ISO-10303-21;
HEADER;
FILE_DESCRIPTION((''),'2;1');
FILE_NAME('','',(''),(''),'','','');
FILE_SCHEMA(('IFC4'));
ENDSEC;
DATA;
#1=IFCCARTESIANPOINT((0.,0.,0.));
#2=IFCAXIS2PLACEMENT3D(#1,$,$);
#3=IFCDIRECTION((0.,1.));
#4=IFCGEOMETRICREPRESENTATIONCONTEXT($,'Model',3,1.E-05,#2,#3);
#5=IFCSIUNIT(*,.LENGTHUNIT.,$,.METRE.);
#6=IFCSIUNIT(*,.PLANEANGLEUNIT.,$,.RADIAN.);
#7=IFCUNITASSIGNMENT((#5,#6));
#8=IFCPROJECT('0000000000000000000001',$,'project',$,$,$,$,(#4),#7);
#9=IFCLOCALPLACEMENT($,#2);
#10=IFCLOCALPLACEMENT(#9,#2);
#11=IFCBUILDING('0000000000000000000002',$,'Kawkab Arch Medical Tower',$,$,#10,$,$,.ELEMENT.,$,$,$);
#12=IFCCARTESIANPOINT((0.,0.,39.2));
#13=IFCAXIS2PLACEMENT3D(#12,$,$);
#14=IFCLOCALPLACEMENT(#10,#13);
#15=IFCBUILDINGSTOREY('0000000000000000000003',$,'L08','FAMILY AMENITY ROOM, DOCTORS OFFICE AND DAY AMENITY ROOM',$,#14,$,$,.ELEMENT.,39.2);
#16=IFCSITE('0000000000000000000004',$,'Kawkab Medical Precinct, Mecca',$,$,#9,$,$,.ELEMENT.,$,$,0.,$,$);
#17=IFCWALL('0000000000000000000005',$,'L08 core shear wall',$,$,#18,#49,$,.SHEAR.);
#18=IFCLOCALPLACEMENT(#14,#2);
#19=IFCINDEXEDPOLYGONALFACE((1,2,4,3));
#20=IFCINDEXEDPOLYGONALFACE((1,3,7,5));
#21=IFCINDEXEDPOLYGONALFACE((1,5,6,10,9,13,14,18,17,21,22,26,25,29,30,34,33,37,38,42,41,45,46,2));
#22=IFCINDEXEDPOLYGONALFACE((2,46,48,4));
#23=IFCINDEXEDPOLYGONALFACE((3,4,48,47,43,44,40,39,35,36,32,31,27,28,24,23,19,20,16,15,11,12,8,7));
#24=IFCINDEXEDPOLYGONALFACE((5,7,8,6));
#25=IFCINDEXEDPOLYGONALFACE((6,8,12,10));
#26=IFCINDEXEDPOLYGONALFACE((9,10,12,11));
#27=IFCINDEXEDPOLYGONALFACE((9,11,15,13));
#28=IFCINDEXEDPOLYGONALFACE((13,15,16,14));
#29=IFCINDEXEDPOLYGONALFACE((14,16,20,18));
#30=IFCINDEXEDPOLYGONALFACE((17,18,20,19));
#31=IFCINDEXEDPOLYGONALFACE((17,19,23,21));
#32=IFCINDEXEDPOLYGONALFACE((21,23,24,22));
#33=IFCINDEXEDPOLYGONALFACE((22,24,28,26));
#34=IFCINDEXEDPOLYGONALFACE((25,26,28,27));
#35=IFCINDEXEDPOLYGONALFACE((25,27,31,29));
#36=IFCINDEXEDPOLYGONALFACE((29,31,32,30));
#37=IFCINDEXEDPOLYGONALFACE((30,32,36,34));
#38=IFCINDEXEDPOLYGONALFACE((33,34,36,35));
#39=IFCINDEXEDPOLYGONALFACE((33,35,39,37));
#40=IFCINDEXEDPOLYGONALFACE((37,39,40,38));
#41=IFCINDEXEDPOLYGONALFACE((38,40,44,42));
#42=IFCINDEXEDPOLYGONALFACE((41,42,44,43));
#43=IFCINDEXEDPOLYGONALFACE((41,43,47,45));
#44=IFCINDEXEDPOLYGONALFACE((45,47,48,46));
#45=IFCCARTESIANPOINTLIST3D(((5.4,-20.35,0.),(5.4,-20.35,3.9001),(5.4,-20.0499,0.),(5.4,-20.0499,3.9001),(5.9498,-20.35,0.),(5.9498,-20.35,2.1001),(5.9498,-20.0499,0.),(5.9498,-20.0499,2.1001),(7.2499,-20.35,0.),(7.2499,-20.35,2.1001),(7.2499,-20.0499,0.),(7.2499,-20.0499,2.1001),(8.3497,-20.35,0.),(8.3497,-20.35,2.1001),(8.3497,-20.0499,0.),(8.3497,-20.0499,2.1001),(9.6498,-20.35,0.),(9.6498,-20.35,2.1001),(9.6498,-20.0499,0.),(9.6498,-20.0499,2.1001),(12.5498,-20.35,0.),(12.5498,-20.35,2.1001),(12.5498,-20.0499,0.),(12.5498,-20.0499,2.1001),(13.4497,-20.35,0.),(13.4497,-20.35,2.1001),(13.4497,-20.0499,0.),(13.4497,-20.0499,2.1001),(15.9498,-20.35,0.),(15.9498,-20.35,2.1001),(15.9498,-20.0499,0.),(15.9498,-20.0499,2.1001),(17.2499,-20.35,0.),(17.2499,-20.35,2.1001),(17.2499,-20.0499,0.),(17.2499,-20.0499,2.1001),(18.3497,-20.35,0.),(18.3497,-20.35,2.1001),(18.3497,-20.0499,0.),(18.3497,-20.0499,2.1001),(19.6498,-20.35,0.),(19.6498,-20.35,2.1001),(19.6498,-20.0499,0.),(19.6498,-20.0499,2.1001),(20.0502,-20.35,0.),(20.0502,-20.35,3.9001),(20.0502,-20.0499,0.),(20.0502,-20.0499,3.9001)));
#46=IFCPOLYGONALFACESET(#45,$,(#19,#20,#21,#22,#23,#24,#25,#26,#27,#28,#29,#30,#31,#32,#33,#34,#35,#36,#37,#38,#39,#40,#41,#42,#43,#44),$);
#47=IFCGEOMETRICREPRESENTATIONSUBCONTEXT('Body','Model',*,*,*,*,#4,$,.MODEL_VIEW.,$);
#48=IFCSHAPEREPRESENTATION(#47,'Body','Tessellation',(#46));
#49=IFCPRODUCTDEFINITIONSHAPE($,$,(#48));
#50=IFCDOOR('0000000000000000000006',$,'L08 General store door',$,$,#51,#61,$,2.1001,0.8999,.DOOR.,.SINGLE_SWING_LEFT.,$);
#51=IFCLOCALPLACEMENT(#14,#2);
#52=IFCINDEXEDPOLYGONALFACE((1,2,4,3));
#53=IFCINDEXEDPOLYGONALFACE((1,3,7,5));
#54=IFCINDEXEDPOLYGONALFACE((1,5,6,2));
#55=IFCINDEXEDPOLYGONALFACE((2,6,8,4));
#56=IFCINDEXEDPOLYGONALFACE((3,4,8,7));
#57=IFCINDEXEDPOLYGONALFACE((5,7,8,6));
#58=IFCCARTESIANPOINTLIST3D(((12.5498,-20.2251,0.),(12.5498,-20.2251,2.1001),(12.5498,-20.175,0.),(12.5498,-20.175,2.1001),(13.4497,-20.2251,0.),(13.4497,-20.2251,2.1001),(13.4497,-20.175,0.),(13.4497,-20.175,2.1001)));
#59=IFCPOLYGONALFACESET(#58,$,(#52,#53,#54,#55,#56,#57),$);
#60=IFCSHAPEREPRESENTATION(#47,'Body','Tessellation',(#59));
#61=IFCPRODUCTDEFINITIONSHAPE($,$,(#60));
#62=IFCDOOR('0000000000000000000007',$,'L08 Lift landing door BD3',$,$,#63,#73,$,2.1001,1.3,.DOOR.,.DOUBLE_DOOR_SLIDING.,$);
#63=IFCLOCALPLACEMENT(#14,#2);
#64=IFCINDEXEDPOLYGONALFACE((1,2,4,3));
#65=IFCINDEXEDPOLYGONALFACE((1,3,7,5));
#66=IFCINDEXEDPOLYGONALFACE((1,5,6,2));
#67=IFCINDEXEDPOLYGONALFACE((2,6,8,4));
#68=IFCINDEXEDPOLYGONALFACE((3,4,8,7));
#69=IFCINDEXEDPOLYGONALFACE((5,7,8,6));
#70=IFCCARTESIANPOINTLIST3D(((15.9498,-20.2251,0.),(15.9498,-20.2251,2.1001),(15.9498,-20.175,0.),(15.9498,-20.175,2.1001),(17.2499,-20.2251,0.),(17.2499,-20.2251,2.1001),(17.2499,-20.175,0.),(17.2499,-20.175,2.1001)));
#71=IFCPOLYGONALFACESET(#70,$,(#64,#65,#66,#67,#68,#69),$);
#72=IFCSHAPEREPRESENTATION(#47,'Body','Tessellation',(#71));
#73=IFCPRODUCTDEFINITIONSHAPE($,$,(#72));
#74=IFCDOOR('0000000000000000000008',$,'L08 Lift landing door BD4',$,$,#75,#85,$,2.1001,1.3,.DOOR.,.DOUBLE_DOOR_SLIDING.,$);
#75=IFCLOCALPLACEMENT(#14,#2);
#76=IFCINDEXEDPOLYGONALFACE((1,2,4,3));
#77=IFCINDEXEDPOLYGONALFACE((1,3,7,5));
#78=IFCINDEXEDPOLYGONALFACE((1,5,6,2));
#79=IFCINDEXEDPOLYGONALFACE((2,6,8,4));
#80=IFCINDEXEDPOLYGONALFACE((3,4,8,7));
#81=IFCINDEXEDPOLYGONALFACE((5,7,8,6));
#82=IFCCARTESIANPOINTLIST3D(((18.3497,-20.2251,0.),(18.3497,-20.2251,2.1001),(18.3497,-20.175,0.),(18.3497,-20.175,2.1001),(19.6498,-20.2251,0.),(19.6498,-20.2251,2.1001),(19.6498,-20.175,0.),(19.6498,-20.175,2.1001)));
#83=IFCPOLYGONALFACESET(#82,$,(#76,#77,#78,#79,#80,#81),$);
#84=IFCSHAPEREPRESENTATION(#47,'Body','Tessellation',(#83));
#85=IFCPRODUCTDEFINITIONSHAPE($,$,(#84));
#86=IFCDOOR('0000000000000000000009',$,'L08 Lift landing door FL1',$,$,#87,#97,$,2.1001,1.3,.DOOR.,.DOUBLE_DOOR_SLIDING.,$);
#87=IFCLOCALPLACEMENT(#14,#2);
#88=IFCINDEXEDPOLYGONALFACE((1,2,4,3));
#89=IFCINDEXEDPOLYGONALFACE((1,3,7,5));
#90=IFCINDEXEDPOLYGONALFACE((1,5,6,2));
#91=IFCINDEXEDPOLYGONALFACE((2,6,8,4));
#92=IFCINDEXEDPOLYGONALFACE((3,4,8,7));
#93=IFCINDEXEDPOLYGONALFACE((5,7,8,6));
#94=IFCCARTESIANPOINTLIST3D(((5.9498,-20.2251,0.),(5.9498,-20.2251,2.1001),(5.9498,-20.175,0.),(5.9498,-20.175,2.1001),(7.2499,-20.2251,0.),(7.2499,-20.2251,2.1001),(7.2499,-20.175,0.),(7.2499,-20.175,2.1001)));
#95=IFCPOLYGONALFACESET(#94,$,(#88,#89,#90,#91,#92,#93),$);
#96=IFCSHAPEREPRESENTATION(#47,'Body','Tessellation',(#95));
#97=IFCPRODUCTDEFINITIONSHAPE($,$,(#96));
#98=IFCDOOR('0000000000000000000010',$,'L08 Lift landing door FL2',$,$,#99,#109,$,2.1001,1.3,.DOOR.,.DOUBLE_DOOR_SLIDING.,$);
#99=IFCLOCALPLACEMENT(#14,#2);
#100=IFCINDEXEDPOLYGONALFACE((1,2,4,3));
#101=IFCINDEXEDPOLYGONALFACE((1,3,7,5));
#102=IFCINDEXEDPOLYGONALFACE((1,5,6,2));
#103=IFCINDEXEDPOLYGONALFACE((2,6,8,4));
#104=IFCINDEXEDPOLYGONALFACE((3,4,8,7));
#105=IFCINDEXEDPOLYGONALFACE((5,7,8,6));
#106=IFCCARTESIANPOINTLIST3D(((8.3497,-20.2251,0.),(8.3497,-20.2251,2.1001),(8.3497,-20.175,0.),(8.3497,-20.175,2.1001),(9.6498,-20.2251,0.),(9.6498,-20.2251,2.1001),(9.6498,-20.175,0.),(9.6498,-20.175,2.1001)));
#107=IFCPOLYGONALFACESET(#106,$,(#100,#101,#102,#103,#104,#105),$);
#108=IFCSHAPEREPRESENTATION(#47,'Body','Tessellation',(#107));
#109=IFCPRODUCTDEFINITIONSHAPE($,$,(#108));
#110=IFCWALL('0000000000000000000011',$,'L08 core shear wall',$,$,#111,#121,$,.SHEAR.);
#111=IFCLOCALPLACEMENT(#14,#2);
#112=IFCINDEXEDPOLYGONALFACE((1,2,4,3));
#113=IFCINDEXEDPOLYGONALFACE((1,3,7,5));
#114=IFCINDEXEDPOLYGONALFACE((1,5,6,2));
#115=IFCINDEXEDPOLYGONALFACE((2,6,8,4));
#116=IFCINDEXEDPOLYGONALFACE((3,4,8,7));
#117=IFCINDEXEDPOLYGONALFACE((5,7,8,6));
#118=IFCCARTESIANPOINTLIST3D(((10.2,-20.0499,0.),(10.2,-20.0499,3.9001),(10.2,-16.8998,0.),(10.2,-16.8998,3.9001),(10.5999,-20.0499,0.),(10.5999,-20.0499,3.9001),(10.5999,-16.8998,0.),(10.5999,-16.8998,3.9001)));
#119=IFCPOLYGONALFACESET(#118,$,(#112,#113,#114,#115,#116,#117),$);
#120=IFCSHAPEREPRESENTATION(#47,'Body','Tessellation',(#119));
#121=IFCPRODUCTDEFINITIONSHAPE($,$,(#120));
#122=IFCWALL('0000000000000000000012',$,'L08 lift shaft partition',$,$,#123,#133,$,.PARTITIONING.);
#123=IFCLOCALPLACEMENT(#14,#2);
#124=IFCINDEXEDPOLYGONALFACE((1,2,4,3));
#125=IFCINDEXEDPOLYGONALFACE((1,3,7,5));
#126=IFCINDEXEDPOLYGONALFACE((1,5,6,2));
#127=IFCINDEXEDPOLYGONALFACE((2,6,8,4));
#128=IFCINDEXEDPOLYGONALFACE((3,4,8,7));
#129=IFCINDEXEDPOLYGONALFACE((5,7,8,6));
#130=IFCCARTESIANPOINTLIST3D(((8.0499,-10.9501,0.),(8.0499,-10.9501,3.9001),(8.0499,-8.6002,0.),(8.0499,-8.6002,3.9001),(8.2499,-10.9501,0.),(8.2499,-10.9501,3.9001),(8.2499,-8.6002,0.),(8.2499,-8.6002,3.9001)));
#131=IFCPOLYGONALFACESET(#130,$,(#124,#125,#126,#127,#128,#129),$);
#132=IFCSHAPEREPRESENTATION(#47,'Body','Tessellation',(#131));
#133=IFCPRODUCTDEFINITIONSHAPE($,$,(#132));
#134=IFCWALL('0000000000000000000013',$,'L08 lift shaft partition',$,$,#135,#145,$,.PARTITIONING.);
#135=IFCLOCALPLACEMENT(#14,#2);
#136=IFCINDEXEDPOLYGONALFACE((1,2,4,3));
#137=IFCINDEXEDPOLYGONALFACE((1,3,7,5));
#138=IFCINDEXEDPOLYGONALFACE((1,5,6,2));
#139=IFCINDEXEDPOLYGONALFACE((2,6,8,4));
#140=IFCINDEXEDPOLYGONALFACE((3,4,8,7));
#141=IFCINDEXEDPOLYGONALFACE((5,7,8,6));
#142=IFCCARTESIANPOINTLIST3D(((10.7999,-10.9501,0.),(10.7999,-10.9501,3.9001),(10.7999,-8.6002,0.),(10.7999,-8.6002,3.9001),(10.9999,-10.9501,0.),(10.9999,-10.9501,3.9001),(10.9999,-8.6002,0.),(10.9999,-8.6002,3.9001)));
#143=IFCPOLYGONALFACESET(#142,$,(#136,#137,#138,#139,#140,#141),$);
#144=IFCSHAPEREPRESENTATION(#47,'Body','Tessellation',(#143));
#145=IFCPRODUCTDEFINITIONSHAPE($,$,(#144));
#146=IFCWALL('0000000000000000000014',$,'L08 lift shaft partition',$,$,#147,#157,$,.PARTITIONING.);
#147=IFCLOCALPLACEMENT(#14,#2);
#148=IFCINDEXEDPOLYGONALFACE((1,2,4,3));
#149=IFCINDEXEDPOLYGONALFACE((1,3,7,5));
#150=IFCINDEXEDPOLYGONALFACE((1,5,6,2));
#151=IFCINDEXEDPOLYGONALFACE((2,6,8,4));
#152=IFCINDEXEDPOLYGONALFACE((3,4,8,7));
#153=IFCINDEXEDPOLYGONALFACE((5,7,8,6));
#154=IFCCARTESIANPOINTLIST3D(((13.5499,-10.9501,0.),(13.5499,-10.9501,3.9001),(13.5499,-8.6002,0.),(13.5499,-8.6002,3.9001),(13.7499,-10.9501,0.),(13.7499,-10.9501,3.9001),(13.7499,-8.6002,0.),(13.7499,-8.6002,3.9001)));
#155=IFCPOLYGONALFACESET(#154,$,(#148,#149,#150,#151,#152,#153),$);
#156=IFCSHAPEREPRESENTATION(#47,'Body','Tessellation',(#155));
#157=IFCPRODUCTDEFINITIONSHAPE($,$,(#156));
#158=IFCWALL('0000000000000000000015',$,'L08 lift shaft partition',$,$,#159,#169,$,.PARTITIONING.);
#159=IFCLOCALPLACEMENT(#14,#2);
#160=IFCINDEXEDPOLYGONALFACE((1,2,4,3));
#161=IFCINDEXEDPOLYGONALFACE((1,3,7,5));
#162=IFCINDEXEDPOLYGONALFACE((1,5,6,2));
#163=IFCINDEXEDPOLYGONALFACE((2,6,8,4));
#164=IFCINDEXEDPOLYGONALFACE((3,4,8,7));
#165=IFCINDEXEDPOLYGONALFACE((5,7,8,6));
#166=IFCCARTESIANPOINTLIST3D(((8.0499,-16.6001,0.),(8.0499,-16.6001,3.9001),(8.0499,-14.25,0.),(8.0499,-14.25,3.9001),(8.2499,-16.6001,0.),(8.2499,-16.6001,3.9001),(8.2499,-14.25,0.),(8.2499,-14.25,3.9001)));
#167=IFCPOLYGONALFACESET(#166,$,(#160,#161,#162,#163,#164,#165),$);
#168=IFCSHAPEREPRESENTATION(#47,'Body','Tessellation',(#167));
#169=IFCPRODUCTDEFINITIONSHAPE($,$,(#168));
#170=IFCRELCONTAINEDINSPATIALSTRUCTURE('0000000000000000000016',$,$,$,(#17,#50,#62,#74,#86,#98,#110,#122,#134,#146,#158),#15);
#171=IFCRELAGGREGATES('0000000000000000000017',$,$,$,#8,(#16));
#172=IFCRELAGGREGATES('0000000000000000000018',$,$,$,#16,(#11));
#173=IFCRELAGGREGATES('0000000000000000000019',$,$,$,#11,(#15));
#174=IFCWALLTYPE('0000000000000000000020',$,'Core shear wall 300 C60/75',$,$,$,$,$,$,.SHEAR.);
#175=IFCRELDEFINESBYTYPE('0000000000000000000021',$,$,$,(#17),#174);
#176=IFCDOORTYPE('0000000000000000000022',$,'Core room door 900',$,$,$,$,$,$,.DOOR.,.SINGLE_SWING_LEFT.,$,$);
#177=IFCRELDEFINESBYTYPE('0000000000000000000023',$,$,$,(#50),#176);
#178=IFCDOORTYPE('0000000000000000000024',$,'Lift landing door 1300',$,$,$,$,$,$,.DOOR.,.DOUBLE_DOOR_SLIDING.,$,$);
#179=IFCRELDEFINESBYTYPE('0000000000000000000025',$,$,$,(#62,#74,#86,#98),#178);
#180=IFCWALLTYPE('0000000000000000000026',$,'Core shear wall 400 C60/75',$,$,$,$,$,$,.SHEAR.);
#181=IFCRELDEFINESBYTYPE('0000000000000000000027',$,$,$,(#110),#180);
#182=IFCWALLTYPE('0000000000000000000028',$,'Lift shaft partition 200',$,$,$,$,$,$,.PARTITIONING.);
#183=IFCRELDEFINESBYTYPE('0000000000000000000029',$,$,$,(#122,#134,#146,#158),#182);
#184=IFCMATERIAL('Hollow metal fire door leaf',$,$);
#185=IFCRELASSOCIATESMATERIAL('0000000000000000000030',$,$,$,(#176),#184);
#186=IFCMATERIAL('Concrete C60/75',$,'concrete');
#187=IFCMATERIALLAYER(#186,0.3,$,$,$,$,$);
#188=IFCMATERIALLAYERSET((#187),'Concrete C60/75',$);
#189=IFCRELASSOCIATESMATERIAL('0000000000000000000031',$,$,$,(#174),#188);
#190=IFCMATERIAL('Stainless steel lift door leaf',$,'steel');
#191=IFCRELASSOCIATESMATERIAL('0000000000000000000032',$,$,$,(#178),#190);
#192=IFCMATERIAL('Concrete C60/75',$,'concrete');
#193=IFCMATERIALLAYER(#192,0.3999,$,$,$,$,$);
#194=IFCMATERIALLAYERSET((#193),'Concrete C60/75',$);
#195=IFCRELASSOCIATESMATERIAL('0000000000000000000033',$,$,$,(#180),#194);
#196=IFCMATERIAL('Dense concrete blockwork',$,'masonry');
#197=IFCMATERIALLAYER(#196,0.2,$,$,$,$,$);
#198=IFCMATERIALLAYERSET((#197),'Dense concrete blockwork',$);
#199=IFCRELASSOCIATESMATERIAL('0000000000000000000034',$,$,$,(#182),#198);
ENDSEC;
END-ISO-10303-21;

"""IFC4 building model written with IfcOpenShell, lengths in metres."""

from ifc_helpers import new_model, si_unit, direction, frame, frame_2d, origin, place, context, subcontext, project, spatial, rectangle, extrude, material, layer, layer_set, type_object, element, fill, save


model = new_model("IFC4")

# Units and contexts
model_context = context("Model", 3, precision=1e-05, world=origin(), true_north=direction((0.0, 1.0)))
body_context = subcontext(model_context, "Body", "Model", "MODEL_VIEW")
ifc_project = project(units=[si_unit("LENGTHUNIT", "METRE"), si_unit("PLANEANGLEUNIT", "RADIAN")], contexts=[model_context])

# Site, building, storey
site_placement = place(None, origin())
site = spatial("IfcSite", under=ifc_project, at=site_placement, Name="Kawkab Medical Precinct, Mecca", CompositionType="ELEMENT", RefElevation=0.0)
building_placement = place(site_placement, origin())
building = spatial("IfcBuilding", under=site, at=building_placement, Name="Kawkab Arch Medical Tower", CompositionType="ELEMENT")
storey_placement = place(building_placement, frame((0.0, 0.0, 39.2)))
storey = spatial("IfcBuildingStorey", under=building, at=storey_placement, Name="L08", Description="FAMILY AMENITY ROOM, DOCTORS OFFICE AND DAY AMENITY ROOM", CompositionType="ELEMENT", Elevation=39.2)

# Shared definitions
ifc_material_1 = material(Name="Hollow metal fire door leaf")
door_type_1 = type_object("IfcDoorType", Name="Core room door 900", OperationType="SINGLE_SWING_LEFT", PredefinedType="DOOR", material=ifc_material_1)

# Shared definitions
ifc_material_2 = material(Name="Concrete C60/75", Category="concrete")
ifc_layer_1 = layer(ifc_material_2, 0.3)
ifc_layer_set_1 = layer_set([ifc_layer_1], Name="Concrete C60/75")
wall_type_1 = type_object("IfcWallType", Name="Core shear wall 300 C60/75", PredefinedType="SHEAR", material=ifc_layer_set_1)

# Wall, openings, doors
wall_1_placement = place(storey_placement, frame((5.3999, -20.2, 0.0), z_axis=(0.0, 0.0, 1.0), x_axis=(1.0, 0.0, 0.0)))
wall_1 = element("IfcWall", 1, at=wall_1_placement, inside=storey, type_object=wall_type_1, Name="L08 core shear wall", PredefinedType="SHEAR", context=body_context, shape_type="SweptSolid", body=[
    extrude(rectangle(XDim=14.6501, YDim=0.3, at=frame_2d((7.3252, 0.0))), origin(), (0.0, 0.0, 1.0), 3.9001),
])
opening_1_placement = place(wall_1_placement, frame((10.55, 0.0, 0.0)))
opening_1 = element("IfcOpeningElement", 2, at=opening_1_placement, cuts=wall_1, PredefinedType="OPENING", context=body_context, shape_type="SweptSolid", body=[
    extrude(rectangle(XDim=1.3, YDim=2.1001, at=frame_2d((0.6499, 1.05))), frame((0.0, 0.1599, 0.0), z_axis=(0.0, -1.0, 0.0), x_axis=(1.0, 0.0, 0.0)), (0.0, 0.0, 1.0), 0.3201),
])
opening_2_placement = place(wall_1_placement, frame((12.95, 0.0, 0.0)))
opening_2 = element("IfcOpeningElement", 3, at=opening_2_placement, cuts=wall_1, PredefinedType="OPENING", context=body_context, shape_type="SweptSolid", body=[
    extrude(rectangle(XDim=1.3, YDim=2.1001, at=frame_2d((0.6499, 1.05))), frame((0.0, 0.1599, 0.0), z_axis=(0.0, -1.0, 0.0), x_axis=(1.0, 0.0, 0.0)), (0.0, 0.0, 1.0), 0.3201),
])
opening_3_placement = place(wall_1_placement, frame((0.55, 0.0, 0.0)))
opening_3 = element("IfcOpeningElement", 4, at=opening_3_placement, cuts=wall_1, PredefinedType="OPENING", context=body_context, shape_type="SweptSolid", body=[
    extrude(rectangle(XDim=1.3, YDim=2.1001, at=frame_2d((0.6499, 1.05))), frame((0.0, 0.1599, 0.0), z_axis=(0.0, -1.0, 0.0), x_axis=(1.0, 0.0, 0.0)), (0.0, 0.0, 1.0), 0.3201),
])
opening_4_placement = place(wall_1_placement, frame((2.95, 0.0, 0.0)))
opening_4 = element("IfcOpeningElement", 5, at=opening_4_placement, cuts=wall_1, PredefinedType="OPENING", context=body_context, shape_type="SweptSolid", body=[
    extrude(rectangle(XDim=1.3, YDim=2.1001, at=frame_2d((0.6499, 1.05))), frame((0.0, 0.1599, 0.0), z_axis=(0.0, -1.0, 0.0), x_axis=(1.0, 0.0, 0.0)), (0.0, 0.0, 1.0), 0.3201),
])
opening_5_placement = place(wall_1_placement, frame((7.1499, 0.0, 0.0)))
opening_5 = element("IfcOpeningElement", 6, at=opening_5_placement, cuts=wall_1, PredefinedType="OPENING", context=body_context, shape_type="SweptSolid", body=[
    extrude(rectangle(XDim=0.8999, YDim=2.1001, at=frame_2d((0.45, 1.05))), frame((0.0, 0.1599, 0.0), z_axis=(0.0, -1.0, 0.0), x_axis=(1.0, 0.0, 0.0)), (0.0, 0.0, 1.0), 0.3201),
])
door_1_placement = place(opening_5_placement, origin())
door_1 = element("IfcDoor", 7, at=door_1_placement, inside=storey, type_object=door_type_1, Name="L08 General store door", OperationType="SINGLE_SWING_LEFT", OverallHeight=2.1001, OverallWidth=0.8999, PredefinedType="DOOR", context=body_context, shape_type="SweptSolid", body=[
    extrude(rectangle(XDim=0.8999, YDim=2.1001, at=frame_2d((0.45, 1.05))), frame((0.0, 0.0249, 0.0), z_axis=(0.0, -1.0, 0.0), x_axis=(1.0, 0.0, 0.0)), (0.0, 0.0, 1.0), 0.05),
])
fill(opening_5, door_1)
ifc_material_3 = material(Name="Stainless steel lift door leaf", Category="steel")
door_type_2 = type_object("IfcDoorType", Name="Lift landing door 1300", OperationType="DOUBLE_DOOR_SLIDING", PredefinedType="DOOR", material=ifc_material_3)
door_2_placement = place(opening_1_placement, origin())
door_2 = element("IfcDoor", 8, at=door_2_placement, inside=storey, type_object=door_type_2, Name="L08 Lift landing door BD3", OperationType="DOUBLE_DOOR_SLIDING", OverallHeight=2.1001, OverallWidth=1.3, PredefinedType="DOOR", context=body_context, shape_type="SweptSolid", body=[
    extrude(rectangle(XDim=1.3, YDim=2.1001, at=frame_2d((0.6499, 1.05))), frame((0.0, 0.0249, 0.0), z_axis=(0.0, -1.0, 0.0), x_axis=(1.0, 0.0, 0.0)), (0.0, 0.0, 1.0), 0.05),
])
fill(opening_1, door_2)
door_3_placement = place(opening_2_placement, origin())
door_3 = element("IfcDoor", 9, at=door_3_placement, inside=storey, type_object=door_type_2, Name="L08 Lift landing door BD4", OperationType="DOUBLE_DOOR_SLIDING", OverallHeight=2.1001, OverallWidth=1.3, PredefinedType="DOOR", context=body_context, shape_type="SweptSolid", body=[
    extrude(rectangle(XDim=1.3, YDim=2.1001, at=frame_2d((0.6499, 1.05))), frame((0.0, 0.0249, 0.0), z_axis=(0.0, -1.0, 0.0), x_axis=(1.0, 0.0, 0.0)), (0.0, 0.0, 1.0), 0.05),
])
fill(opening_2, door_3)
door_4_placement = place(opening_3_placement, origin())
door_4 = element("IfcDoor", 10, at=door_4_placement, inside=storey, type_object=door_type_2, Name="L08 Lift landing door FL1", OperationType="DOUBLE_DOOR_SLIDING", OverallHeight=2.1001, OverallWidth=1.3, PredefinedType="DOOR", context=body_context, shape_type="SweptSolid", body=[
    extrude(rectangle(XDim=1.3, YDim=2.1001, at=frame_2d((0.6499, 1.05))), frame((0.0, 0.0249, 0.0), z_axis=(0.0, -1.0, 0.0), x_axis=(1.0, 0.0, 0.0)), (0.0, 0.0, 1.0), 0.05),
])
fill(opening_3, door_4)
door_5_placement = place(opening_4_placement, origin())
door_5 = element("IfcDoor", 11, at=door_5_placement, inside=storey, type_object=door_type_2, Name="L08 Lift landing door FL2", OperationType="DOUBLE_DOOR_SLIDING", OverallHeight=2.1001, OverallWidth=1.3, PredefinedType="DOOR", context=body_context, shape_type="SweptSolid", body=[
    extrude(rectangle(XDim=1.3, YDim=2.1001, at=frame_2d((0.6499, 1.05))), frame((0.0, 0.0249, 0.0), z_axis=(0.0, -1.0, 0.0), x_axis=(1.0, 0.0, 0.0)), (0.0, 0.0, 1.0), 0.05),
])
fill(opening_4, door_5)

# Walls
ifc_material_4 = material(Name="Concrete C60/75", Category="concrete")
ifc_layer_2 = layer(ifc_material_4, 0.3999)
ifc_layer_set_2 = layer_set([ifc_layer_2], Name="Concrete C60/75")
wall_type_2 = type_object("IfcWallType", Name="Core shear wall 400 C60/75", PredefinedType="SHEAR", material=ifc_layer_set_2)
wall_2_placement = place(storey_placement, frame((10.3999, -20.05, 0.0), z_axis=(0.0, 0.0, 1.0), x_axis=(0.0, 1.0, 0.0)))
element("IfcWall", 12, at=wall_2_placement, inside=storey, type_object=wall_type_2, Name="L08 core shear wall", PredefinedType="SHEAR", context=body_context, shape_type="SweptSolid", body=[
    extrude(rectangle(XDim=3.1501, YDim=0.3999, at=frame_2d((1.5752, 0.0))), origin(), (0.0, 0.0, 1.0), 3.9001),
])
ifc_material_5 = material(Name="Dense concrete blockwork", Category="masonry")
ifc_layer_3 = layer(ifc_material_5, 0.2)
ifc_layer_set_3 = layer_set([ifc_layer_3], Name="Dense concrete blockwork")
wall_type_3 = type_object("IfcWallType", Name="Lift shaft partition 200", PredefinedType="PARTITIONING", material=ifc_layer_set_3)
for number, where, z_axis, x_axis, name in (
    (13, (8.1499, -10.95, 0.0), (0.0, 0.0, 1.0), (0.0, 1.0, 0.0), "L08 lift shaft partition"),
    (14, (10.8999, -10.95, 0.0), (0.0, 0.0, 1.0), (0.0, 1.0, 0.0), "L08 lift shaft partition"),
    (15, (13.6499, -10.95, 0.0), (0.0, 0.0, 1.0), (0.0, 1.0, 0.0), "L08 lift shaft partition"),
):
    element("IfcWall", number, at=place(storey_placement, frame(where, z_axis=z_axis, x_axis=x_axis)), inside=storey, type_object=wall_type_3, Name=name, PredefinedType="PARTITIONING", context=body_context, shape_type="SweptSolid", body=[
        extrude(rectangle(XDim=2.3499, YDim=0.2, at=frame_2d((1.1748, 0.0))), origin(), (0.0, 0.0, 1.0), 3.9001),
    ])
for number, where, z_axis, x_axis, name in (
    (16, (8.1499, -16.6001, 0.0), (0.0, 0.0, 1.0), (0.0, 1.0, 0.0), "L08 lift shaft partition"),
):
    element("IfcWall", number, at=place(storey_placement, frame(where, z_axis=z_axis, x_axis=x_axis)), inside=storey, type_object=wall_type_3, Name=name, PredefinedType="PARTITIONING", context=body_context, shape_type="SweptSolid", body=[
        extrude(rectangle(XDim=2.3501, YDim=0.2, at=frame_2d((1.175, 0.0))), origin(), (0.0, 0.0, 1.0), 3.9001),
    ])

save(model, "model.ifc")
